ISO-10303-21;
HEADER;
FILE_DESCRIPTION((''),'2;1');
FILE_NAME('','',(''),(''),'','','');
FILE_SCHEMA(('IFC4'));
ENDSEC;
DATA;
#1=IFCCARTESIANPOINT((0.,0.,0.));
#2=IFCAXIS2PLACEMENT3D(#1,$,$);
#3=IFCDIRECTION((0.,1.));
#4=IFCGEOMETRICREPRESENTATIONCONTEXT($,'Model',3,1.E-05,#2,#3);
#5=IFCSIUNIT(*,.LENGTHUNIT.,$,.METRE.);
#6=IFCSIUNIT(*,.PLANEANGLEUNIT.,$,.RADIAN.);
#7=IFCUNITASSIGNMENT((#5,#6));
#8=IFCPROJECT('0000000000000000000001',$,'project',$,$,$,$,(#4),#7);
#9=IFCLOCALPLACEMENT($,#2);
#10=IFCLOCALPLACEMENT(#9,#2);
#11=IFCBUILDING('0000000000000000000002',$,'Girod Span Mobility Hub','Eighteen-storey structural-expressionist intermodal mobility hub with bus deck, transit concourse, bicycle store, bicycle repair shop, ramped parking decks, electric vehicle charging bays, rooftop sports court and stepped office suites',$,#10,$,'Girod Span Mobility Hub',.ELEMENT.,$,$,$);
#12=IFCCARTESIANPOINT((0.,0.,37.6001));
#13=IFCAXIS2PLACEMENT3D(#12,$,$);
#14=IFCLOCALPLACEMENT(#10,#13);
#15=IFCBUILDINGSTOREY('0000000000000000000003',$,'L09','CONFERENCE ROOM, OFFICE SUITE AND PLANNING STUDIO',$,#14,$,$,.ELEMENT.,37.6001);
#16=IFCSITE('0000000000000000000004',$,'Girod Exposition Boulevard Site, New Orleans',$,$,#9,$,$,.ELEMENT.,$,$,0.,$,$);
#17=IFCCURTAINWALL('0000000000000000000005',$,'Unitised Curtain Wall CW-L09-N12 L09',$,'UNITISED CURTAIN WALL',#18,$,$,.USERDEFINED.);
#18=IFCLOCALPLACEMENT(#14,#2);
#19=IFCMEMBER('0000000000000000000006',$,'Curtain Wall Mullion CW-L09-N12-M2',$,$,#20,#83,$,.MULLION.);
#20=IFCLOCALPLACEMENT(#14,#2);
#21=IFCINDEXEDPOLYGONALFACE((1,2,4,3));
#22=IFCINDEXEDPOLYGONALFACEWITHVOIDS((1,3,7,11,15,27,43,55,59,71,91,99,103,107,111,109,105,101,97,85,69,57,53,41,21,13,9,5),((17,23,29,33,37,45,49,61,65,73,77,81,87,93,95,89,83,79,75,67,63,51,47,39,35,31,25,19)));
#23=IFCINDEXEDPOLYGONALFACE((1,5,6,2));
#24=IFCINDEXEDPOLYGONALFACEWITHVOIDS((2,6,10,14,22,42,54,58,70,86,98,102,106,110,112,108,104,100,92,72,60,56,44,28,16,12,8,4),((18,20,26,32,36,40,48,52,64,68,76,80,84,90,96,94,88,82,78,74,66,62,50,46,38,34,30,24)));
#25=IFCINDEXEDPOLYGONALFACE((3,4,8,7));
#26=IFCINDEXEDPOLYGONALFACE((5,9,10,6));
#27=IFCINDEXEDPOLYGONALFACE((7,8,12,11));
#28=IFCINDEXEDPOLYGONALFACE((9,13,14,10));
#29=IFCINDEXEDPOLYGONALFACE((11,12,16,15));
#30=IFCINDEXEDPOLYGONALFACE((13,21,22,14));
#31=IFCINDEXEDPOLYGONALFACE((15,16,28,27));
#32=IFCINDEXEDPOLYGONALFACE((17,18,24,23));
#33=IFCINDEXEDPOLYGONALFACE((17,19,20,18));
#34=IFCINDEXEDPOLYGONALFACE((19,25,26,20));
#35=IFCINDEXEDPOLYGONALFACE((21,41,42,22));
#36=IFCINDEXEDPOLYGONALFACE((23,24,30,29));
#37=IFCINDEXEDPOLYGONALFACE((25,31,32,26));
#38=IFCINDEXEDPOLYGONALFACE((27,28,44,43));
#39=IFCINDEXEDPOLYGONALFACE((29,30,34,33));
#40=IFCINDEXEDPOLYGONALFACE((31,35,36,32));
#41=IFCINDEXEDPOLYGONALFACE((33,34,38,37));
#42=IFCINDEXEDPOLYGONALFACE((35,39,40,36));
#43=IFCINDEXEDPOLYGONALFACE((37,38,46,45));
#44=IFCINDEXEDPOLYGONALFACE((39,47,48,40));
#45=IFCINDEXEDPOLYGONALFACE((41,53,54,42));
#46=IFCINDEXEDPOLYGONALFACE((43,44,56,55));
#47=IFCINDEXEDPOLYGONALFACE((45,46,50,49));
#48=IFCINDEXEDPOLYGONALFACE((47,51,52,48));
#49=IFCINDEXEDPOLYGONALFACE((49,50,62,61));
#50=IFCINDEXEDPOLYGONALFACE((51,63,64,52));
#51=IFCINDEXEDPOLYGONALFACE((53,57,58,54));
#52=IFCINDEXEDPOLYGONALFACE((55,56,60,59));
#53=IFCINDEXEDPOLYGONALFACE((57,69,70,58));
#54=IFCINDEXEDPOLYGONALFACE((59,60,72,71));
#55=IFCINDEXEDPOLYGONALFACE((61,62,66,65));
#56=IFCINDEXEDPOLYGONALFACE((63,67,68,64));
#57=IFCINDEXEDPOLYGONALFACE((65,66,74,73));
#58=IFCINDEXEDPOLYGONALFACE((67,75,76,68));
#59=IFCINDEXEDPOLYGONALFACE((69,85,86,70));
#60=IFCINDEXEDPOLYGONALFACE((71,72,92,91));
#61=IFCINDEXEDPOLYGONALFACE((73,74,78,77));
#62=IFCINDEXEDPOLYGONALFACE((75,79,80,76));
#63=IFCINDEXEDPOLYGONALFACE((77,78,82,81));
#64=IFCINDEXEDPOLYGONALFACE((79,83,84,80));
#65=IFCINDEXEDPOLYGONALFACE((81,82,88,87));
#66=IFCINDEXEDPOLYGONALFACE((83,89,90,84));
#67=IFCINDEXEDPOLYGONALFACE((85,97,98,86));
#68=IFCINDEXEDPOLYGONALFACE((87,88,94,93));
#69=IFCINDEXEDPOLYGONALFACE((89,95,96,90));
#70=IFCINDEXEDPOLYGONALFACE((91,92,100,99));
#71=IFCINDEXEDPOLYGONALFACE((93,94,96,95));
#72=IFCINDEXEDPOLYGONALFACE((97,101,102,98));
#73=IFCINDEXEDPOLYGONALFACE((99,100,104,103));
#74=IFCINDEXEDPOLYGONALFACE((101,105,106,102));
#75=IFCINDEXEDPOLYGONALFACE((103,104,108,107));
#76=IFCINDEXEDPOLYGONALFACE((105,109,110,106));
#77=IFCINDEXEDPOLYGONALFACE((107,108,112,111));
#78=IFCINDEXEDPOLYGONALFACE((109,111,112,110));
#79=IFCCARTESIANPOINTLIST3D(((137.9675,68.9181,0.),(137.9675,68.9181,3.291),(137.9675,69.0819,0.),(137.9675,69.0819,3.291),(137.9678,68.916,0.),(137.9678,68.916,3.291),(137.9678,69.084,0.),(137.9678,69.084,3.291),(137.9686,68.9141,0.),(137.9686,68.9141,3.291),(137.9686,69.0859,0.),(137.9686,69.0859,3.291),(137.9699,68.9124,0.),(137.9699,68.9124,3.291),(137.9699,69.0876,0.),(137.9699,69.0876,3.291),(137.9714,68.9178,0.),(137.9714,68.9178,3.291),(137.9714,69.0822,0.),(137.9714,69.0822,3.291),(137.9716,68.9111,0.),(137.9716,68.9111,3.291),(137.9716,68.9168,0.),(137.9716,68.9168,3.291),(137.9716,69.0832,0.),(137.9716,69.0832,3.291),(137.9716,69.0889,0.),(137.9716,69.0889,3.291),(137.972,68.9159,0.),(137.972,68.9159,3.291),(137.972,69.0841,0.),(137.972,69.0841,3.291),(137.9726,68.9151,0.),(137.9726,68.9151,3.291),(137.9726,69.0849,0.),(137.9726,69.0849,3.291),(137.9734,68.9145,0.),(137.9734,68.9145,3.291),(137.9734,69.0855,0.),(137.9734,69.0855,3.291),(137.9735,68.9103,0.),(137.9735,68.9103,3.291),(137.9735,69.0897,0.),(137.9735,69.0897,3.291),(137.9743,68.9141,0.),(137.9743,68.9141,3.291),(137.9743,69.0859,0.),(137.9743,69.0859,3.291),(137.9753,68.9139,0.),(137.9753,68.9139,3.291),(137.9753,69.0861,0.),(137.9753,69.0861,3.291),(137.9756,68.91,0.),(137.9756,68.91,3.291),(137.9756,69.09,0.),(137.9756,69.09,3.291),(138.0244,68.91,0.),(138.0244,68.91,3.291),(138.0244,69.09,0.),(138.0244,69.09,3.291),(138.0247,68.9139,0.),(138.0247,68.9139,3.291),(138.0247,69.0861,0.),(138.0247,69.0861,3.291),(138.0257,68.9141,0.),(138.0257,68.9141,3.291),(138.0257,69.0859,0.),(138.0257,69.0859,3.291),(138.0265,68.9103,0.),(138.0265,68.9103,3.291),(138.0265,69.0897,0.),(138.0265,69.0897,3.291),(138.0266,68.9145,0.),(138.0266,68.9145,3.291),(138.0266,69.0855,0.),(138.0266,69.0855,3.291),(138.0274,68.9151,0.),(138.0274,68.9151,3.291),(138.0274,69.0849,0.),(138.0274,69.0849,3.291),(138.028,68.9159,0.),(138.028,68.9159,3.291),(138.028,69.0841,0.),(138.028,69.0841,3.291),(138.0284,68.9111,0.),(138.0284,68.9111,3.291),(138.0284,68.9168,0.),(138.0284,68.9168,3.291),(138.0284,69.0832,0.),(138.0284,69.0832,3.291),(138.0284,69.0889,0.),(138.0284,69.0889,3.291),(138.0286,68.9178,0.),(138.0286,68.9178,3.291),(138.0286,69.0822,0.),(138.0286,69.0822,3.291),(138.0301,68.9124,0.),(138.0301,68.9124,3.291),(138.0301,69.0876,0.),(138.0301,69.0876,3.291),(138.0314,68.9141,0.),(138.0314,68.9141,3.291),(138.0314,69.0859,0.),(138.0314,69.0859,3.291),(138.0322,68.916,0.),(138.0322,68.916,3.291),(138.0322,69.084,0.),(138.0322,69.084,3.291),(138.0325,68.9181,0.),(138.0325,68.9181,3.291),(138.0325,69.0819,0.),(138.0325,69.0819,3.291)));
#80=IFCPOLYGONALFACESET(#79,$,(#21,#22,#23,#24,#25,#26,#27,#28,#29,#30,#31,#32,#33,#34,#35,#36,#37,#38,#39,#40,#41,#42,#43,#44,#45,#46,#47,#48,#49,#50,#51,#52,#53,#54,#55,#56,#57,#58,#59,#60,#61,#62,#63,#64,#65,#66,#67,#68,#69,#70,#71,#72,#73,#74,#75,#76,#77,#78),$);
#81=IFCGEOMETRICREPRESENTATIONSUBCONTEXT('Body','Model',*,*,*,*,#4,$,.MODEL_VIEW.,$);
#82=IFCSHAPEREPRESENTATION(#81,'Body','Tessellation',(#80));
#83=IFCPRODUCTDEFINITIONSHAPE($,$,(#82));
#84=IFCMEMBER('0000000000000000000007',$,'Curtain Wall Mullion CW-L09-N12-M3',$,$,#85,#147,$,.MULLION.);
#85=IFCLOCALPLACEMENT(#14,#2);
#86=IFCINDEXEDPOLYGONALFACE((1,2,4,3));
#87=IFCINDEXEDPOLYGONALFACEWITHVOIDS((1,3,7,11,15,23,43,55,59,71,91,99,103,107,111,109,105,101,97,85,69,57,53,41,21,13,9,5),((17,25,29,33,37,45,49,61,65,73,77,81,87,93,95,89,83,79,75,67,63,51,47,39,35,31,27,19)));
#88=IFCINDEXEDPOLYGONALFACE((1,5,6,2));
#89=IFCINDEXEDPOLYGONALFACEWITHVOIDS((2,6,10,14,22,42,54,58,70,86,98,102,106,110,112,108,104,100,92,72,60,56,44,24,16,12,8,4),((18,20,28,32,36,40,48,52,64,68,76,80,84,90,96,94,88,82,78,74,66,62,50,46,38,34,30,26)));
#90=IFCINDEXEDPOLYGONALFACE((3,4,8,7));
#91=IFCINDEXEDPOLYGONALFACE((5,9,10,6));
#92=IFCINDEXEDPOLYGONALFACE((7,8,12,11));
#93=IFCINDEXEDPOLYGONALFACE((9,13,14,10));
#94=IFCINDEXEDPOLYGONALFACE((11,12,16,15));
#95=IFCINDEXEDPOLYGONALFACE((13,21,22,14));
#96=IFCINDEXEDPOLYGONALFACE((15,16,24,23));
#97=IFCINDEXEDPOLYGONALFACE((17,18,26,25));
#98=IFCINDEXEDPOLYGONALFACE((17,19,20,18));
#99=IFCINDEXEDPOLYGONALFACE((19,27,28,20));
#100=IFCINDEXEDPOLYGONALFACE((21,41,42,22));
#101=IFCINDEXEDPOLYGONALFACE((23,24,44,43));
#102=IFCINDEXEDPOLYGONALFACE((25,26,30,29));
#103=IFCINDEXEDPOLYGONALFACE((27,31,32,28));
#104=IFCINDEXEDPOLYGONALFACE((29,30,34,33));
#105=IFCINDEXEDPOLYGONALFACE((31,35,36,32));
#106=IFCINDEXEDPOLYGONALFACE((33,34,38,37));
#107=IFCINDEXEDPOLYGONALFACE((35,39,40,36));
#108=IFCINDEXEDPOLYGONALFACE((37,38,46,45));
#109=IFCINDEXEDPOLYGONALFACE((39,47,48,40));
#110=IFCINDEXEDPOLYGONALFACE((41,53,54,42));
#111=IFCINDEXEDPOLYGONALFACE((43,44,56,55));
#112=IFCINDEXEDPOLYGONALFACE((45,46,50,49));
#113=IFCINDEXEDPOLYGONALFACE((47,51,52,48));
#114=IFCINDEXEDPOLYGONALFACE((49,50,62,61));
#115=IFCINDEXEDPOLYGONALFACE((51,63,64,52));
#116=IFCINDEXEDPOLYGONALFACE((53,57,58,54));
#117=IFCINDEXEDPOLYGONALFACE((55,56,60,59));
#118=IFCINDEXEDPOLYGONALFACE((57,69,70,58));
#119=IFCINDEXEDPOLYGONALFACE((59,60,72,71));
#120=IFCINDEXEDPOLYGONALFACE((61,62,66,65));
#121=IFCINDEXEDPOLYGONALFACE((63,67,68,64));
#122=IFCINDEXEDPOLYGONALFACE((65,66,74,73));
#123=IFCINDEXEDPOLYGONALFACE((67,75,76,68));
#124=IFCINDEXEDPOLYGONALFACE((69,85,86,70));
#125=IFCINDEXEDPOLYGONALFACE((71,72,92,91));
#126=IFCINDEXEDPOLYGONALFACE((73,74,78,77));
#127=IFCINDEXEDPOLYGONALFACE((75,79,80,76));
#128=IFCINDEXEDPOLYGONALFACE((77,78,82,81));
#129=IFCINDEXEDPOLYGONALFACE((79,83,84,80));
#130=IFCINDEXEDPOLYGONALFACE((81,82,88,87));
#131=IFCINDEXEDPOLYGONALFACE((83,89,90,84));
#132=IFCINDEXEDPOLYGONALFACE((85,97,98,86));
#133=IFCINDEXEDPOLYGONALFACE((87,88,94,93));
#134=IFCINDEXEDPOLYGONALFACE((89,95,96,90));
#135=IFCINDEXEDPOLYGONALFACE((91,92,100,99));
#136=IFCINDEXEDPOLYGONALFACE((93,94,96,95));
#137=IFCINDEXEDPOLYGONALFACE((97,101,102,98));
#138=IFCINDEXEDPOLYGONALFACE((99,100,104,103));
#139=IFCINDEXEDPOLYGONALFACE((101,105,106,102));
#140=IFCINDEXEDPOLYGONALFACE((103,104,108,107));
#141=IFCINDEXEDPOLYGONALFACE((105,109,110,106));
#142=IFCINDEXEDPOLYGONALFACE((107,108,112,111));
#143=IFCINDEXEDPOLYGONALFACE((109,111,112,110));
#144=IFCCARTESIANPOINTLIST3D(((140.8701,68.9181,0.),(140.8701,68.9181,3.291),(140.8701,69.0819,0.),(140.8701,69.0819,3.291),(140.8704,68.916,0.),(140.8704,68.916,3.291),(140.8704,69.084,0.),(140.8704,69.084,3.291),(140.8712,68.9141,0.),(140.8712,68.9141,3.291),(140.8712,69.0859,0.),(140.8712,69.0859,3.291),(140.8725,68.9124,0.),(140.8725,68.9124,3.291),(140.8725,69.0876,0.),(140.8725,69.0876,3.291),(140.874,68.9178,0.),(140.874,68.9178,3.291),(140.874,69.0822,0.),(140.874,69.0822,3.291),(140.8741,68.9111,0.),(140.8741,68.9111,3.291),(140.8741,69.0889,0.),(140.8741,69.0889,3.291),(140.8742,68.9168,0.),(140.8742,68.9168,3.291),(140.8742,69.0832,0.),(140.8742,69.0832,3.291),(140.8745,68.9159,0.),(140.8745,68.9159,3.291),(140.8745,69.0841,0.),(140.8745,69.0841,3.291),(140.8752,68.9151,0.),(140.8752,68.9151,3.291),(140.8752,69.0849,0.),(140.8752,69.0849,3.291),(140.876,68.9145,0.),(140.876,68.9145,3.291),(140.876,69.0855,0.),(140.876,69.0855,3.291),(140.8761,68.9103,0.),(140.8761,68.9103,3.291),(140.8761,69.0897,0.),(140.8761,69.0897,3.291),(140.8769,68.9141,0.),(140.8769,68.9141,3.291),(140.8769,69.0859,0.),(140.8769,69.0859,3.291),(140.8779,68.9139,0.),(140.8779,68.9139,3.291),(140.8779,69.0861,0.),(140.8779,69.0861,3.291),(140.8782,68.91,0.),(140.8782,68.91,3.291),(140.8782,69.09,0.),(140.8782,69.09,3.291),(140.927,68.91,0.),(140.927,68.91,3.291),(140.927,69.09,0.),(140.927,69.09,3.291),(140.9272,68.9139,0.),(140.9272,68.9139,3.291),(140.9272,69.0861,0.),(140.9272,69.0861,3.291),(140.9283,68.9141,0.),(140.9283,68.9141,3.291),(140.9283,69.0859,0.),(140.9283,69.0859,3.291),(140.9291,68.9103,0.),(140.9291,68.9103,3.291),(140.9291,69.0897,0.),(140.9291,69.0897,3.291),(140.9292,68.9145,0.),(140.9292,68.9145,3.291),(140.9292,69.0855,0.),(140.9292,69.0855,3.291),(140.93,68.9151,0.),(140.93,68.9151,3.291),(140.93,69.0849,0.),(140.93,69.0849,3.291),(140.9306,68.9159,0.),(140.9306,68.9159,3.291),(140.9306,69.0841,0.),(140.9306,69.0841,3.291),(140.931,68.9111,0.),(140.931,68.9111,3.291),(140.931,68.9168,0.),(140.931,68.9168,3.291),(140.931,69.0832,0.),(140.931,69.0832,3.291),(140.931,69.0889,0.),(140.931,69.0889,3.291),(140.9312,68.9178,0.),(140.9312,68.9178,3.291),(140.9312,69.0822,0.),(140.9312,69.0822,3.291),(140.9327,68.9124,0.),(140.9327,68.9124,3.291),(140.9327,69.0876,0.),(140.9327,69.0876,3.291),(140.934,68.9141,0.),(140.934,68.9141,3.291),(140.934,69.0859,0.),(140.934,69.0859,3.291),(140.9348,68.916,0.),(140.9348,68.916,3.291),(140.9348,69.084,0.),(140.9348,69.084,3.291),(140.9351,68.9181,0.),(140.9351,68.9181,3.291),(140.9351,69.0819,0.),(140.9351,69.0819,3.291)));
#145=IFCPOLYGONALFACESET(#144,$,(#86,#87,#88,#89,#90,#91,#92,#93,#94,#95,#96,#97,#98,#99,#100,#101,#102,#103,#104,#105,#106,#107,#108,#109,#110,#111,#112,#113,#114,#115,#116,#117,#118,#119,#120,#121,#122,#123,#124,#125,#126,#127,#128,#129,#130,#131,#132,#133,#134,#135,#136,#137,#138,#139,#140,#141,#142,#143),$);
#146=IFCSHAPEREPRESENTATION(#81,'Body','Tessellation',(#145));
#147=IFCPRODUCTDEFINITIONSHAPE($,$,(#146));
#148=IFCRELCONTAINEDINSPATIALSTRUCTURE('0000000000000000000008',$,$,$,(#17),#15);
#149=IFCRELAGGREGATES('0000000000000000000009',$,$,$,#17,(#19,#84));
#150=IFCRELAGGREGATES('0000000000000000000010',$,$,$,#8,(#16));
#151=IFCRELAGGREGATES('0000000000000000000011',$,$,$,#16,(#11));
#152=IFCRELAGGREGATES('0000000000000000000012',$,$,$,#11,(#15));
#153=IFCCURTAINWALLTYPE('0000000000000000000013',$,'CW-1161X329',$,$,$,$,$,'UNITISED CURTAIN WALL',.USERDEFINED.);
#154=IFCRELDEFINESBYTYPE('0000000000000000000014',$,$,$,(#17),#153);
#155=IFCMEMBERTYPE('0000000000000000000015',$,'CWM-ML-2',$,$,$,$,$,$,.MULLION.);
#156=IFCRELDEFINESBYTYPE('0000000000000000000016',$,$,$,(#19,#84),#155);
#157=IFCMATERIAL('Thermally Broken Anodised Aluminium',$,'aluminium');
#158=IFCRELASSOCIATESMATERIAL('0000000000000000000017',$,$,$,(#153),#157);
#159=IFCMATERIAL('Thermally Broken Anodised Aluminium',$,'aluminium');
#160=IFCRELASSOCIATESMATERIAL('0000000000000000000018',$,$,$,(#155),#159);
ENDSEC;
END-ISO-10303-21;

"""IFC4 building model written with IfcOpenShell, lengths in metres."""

from ifc_helpers import new_model, si_unit, direction, frame, origin, origin_2d, place, context, subcontext, project, spatial, hollow_rectangle, extrude, material, material_profile, profile_set, type_object, element, aggregate, save


model = new_model("IFC4")

# Units and contexts
model_context = context("Model", 3, precision=1e-05, world=origin(), true_north=direction((0.0, 1.0)))
body_context = subcontext(model_context, "Body", "Model", "MODEL_VIEW")
ifc_project = project(units=[si_unit("LENGTHUNIT", "METRE"), si_unit("PLANEANGLEUNIT", "RADIAN")], contexts=[model_context])

# Site, building, storey
site_placement = place(None, origin())
site = spatial("IfcSite", under=ifc_project, at=site_placement, Name="Girod Exposition Boulevard Site, New Orleans", CompositionType="ELEMENT", RefElevation=0.0)
building_placement = place(site_placement, origin())
building = spatial("IfcBuilding", under=site, at=building_placement, Name="Girod Span Mobility Hub", Description="Eighteen-storey structural-expressionist intermodal mobility hub with bus deck, transit concourse, bicycle store, bicycle repair shop, ramped parking decks, electric vehicle charging bays, rooftop sports court and stepped office suites", LongName="Girod Span Mobility Hub", CompositionType="ELEMENT")
storey_placement = place(building_placement, frame((0.0, 0.0, 37.6001)))
storey = spatial("IfcBuildingStorey", under=building, at=storey_placement, Name="L09", Description="CONFERENCE ROOM, OFFICE SUITE AND PLANNING STUDIO", CompositionType="ELEMENT", Elevation=37.6001)

# Curtain wall, members
ifc_material_1 = material(Name="Thermally Broken Anodised Aluminium", Category="aluminium")
curtain_wall_type = type_object("IfcCurtainWallType", Name="CW-1161X329", ElementType="UNITISED CURTAIN WALL", PredefinedType="USERDEFINED", material=ifc_material_1)
ifc_material_2 = material(Name="Thermally Broken Anodised Aluminium", Category="aluminium")
ifc_material_profile_1 = material_profile(ifc_material_2, hollow_rectangle(XDim=0.1799, YDim=0.0649, WallThickness=0.0039, InnerFilletRadius=0.0039, OuterFilletRadius=0.0081, at=origin_2d()), Name="CW-ML-65X180")
ifc_profile_set_1 = profile_set([ifc_material_profile_1], Name="Thermally Broken Anodised Aluminium")
member_type_1 = type_object("IfcMemberType", Name="CWM-ML-2", PredefinedType="MULLION", material=ifc_profile_set_1)
curtain_wall_1_placement = place(storey_placement, origin())
curtain_wall_1 = element("IfcCurtainWall", 1, at=curtain_wall_1_placement, inside=storey, type_object=curtain_wall_type, Name="Unitised Curtain Wall CW-L09-N12 L09", ObjectType="UNITISED CURTAIN WALL", PredefinedType="USERDEFINED")
member_1_placement = place(storey_placement, frame((138.0, 69.0, 0.0), z_axis=(0.0, 0.0, 1.0), x_axis=(0.0, 1.0, 0.0)))
member_1 = element("IfcMember", 2, at=member_1_placement, type_object=member_type_1, Name="Curtain Wall Mullion CW-L09-N12-M2", PredefinedType="MULLION", context=body_context, shape_type="SweptSolid", body=[
    extrude(hollow_rectangle(XDim=0.1799, YDim=0.0649, WallThickness=0.0039, InnerFilletRadius=0.0039, OuterFilletRadius=0.0081, at=origin_2d()), origin(), (0.0, 0.0, 1.0), 3.291),
])
member_2_placement = place(storey_placement, frame((140.9026, 69.0, 0.0), z_axis=(0.0, 0.0, 1.0), x_axis=(0.0, 1.0, 0.0)))
member_2 = element("IfcMember", 3, at=member_2_placement, type_object=member_type_1, Name="Curtain Wall Mullion CW-L09-N12-M3", PredefinedType="MULLION", context=body_context, shape_type="SweptSolid", body=[
    extrude(hollow_rectangle(XDim=0.1799, YDim=0.0649, WallThickness=0.0039, InnerFilletRadius=0.0039, OuterFilletRadius=0.0081, at=origin_2d()), origin(), (0.0, 0.0, 1.0), 3.291),
])

aggregate(curtain_wall_1, [member_1, member_2])

save(model, "model.ifc")
